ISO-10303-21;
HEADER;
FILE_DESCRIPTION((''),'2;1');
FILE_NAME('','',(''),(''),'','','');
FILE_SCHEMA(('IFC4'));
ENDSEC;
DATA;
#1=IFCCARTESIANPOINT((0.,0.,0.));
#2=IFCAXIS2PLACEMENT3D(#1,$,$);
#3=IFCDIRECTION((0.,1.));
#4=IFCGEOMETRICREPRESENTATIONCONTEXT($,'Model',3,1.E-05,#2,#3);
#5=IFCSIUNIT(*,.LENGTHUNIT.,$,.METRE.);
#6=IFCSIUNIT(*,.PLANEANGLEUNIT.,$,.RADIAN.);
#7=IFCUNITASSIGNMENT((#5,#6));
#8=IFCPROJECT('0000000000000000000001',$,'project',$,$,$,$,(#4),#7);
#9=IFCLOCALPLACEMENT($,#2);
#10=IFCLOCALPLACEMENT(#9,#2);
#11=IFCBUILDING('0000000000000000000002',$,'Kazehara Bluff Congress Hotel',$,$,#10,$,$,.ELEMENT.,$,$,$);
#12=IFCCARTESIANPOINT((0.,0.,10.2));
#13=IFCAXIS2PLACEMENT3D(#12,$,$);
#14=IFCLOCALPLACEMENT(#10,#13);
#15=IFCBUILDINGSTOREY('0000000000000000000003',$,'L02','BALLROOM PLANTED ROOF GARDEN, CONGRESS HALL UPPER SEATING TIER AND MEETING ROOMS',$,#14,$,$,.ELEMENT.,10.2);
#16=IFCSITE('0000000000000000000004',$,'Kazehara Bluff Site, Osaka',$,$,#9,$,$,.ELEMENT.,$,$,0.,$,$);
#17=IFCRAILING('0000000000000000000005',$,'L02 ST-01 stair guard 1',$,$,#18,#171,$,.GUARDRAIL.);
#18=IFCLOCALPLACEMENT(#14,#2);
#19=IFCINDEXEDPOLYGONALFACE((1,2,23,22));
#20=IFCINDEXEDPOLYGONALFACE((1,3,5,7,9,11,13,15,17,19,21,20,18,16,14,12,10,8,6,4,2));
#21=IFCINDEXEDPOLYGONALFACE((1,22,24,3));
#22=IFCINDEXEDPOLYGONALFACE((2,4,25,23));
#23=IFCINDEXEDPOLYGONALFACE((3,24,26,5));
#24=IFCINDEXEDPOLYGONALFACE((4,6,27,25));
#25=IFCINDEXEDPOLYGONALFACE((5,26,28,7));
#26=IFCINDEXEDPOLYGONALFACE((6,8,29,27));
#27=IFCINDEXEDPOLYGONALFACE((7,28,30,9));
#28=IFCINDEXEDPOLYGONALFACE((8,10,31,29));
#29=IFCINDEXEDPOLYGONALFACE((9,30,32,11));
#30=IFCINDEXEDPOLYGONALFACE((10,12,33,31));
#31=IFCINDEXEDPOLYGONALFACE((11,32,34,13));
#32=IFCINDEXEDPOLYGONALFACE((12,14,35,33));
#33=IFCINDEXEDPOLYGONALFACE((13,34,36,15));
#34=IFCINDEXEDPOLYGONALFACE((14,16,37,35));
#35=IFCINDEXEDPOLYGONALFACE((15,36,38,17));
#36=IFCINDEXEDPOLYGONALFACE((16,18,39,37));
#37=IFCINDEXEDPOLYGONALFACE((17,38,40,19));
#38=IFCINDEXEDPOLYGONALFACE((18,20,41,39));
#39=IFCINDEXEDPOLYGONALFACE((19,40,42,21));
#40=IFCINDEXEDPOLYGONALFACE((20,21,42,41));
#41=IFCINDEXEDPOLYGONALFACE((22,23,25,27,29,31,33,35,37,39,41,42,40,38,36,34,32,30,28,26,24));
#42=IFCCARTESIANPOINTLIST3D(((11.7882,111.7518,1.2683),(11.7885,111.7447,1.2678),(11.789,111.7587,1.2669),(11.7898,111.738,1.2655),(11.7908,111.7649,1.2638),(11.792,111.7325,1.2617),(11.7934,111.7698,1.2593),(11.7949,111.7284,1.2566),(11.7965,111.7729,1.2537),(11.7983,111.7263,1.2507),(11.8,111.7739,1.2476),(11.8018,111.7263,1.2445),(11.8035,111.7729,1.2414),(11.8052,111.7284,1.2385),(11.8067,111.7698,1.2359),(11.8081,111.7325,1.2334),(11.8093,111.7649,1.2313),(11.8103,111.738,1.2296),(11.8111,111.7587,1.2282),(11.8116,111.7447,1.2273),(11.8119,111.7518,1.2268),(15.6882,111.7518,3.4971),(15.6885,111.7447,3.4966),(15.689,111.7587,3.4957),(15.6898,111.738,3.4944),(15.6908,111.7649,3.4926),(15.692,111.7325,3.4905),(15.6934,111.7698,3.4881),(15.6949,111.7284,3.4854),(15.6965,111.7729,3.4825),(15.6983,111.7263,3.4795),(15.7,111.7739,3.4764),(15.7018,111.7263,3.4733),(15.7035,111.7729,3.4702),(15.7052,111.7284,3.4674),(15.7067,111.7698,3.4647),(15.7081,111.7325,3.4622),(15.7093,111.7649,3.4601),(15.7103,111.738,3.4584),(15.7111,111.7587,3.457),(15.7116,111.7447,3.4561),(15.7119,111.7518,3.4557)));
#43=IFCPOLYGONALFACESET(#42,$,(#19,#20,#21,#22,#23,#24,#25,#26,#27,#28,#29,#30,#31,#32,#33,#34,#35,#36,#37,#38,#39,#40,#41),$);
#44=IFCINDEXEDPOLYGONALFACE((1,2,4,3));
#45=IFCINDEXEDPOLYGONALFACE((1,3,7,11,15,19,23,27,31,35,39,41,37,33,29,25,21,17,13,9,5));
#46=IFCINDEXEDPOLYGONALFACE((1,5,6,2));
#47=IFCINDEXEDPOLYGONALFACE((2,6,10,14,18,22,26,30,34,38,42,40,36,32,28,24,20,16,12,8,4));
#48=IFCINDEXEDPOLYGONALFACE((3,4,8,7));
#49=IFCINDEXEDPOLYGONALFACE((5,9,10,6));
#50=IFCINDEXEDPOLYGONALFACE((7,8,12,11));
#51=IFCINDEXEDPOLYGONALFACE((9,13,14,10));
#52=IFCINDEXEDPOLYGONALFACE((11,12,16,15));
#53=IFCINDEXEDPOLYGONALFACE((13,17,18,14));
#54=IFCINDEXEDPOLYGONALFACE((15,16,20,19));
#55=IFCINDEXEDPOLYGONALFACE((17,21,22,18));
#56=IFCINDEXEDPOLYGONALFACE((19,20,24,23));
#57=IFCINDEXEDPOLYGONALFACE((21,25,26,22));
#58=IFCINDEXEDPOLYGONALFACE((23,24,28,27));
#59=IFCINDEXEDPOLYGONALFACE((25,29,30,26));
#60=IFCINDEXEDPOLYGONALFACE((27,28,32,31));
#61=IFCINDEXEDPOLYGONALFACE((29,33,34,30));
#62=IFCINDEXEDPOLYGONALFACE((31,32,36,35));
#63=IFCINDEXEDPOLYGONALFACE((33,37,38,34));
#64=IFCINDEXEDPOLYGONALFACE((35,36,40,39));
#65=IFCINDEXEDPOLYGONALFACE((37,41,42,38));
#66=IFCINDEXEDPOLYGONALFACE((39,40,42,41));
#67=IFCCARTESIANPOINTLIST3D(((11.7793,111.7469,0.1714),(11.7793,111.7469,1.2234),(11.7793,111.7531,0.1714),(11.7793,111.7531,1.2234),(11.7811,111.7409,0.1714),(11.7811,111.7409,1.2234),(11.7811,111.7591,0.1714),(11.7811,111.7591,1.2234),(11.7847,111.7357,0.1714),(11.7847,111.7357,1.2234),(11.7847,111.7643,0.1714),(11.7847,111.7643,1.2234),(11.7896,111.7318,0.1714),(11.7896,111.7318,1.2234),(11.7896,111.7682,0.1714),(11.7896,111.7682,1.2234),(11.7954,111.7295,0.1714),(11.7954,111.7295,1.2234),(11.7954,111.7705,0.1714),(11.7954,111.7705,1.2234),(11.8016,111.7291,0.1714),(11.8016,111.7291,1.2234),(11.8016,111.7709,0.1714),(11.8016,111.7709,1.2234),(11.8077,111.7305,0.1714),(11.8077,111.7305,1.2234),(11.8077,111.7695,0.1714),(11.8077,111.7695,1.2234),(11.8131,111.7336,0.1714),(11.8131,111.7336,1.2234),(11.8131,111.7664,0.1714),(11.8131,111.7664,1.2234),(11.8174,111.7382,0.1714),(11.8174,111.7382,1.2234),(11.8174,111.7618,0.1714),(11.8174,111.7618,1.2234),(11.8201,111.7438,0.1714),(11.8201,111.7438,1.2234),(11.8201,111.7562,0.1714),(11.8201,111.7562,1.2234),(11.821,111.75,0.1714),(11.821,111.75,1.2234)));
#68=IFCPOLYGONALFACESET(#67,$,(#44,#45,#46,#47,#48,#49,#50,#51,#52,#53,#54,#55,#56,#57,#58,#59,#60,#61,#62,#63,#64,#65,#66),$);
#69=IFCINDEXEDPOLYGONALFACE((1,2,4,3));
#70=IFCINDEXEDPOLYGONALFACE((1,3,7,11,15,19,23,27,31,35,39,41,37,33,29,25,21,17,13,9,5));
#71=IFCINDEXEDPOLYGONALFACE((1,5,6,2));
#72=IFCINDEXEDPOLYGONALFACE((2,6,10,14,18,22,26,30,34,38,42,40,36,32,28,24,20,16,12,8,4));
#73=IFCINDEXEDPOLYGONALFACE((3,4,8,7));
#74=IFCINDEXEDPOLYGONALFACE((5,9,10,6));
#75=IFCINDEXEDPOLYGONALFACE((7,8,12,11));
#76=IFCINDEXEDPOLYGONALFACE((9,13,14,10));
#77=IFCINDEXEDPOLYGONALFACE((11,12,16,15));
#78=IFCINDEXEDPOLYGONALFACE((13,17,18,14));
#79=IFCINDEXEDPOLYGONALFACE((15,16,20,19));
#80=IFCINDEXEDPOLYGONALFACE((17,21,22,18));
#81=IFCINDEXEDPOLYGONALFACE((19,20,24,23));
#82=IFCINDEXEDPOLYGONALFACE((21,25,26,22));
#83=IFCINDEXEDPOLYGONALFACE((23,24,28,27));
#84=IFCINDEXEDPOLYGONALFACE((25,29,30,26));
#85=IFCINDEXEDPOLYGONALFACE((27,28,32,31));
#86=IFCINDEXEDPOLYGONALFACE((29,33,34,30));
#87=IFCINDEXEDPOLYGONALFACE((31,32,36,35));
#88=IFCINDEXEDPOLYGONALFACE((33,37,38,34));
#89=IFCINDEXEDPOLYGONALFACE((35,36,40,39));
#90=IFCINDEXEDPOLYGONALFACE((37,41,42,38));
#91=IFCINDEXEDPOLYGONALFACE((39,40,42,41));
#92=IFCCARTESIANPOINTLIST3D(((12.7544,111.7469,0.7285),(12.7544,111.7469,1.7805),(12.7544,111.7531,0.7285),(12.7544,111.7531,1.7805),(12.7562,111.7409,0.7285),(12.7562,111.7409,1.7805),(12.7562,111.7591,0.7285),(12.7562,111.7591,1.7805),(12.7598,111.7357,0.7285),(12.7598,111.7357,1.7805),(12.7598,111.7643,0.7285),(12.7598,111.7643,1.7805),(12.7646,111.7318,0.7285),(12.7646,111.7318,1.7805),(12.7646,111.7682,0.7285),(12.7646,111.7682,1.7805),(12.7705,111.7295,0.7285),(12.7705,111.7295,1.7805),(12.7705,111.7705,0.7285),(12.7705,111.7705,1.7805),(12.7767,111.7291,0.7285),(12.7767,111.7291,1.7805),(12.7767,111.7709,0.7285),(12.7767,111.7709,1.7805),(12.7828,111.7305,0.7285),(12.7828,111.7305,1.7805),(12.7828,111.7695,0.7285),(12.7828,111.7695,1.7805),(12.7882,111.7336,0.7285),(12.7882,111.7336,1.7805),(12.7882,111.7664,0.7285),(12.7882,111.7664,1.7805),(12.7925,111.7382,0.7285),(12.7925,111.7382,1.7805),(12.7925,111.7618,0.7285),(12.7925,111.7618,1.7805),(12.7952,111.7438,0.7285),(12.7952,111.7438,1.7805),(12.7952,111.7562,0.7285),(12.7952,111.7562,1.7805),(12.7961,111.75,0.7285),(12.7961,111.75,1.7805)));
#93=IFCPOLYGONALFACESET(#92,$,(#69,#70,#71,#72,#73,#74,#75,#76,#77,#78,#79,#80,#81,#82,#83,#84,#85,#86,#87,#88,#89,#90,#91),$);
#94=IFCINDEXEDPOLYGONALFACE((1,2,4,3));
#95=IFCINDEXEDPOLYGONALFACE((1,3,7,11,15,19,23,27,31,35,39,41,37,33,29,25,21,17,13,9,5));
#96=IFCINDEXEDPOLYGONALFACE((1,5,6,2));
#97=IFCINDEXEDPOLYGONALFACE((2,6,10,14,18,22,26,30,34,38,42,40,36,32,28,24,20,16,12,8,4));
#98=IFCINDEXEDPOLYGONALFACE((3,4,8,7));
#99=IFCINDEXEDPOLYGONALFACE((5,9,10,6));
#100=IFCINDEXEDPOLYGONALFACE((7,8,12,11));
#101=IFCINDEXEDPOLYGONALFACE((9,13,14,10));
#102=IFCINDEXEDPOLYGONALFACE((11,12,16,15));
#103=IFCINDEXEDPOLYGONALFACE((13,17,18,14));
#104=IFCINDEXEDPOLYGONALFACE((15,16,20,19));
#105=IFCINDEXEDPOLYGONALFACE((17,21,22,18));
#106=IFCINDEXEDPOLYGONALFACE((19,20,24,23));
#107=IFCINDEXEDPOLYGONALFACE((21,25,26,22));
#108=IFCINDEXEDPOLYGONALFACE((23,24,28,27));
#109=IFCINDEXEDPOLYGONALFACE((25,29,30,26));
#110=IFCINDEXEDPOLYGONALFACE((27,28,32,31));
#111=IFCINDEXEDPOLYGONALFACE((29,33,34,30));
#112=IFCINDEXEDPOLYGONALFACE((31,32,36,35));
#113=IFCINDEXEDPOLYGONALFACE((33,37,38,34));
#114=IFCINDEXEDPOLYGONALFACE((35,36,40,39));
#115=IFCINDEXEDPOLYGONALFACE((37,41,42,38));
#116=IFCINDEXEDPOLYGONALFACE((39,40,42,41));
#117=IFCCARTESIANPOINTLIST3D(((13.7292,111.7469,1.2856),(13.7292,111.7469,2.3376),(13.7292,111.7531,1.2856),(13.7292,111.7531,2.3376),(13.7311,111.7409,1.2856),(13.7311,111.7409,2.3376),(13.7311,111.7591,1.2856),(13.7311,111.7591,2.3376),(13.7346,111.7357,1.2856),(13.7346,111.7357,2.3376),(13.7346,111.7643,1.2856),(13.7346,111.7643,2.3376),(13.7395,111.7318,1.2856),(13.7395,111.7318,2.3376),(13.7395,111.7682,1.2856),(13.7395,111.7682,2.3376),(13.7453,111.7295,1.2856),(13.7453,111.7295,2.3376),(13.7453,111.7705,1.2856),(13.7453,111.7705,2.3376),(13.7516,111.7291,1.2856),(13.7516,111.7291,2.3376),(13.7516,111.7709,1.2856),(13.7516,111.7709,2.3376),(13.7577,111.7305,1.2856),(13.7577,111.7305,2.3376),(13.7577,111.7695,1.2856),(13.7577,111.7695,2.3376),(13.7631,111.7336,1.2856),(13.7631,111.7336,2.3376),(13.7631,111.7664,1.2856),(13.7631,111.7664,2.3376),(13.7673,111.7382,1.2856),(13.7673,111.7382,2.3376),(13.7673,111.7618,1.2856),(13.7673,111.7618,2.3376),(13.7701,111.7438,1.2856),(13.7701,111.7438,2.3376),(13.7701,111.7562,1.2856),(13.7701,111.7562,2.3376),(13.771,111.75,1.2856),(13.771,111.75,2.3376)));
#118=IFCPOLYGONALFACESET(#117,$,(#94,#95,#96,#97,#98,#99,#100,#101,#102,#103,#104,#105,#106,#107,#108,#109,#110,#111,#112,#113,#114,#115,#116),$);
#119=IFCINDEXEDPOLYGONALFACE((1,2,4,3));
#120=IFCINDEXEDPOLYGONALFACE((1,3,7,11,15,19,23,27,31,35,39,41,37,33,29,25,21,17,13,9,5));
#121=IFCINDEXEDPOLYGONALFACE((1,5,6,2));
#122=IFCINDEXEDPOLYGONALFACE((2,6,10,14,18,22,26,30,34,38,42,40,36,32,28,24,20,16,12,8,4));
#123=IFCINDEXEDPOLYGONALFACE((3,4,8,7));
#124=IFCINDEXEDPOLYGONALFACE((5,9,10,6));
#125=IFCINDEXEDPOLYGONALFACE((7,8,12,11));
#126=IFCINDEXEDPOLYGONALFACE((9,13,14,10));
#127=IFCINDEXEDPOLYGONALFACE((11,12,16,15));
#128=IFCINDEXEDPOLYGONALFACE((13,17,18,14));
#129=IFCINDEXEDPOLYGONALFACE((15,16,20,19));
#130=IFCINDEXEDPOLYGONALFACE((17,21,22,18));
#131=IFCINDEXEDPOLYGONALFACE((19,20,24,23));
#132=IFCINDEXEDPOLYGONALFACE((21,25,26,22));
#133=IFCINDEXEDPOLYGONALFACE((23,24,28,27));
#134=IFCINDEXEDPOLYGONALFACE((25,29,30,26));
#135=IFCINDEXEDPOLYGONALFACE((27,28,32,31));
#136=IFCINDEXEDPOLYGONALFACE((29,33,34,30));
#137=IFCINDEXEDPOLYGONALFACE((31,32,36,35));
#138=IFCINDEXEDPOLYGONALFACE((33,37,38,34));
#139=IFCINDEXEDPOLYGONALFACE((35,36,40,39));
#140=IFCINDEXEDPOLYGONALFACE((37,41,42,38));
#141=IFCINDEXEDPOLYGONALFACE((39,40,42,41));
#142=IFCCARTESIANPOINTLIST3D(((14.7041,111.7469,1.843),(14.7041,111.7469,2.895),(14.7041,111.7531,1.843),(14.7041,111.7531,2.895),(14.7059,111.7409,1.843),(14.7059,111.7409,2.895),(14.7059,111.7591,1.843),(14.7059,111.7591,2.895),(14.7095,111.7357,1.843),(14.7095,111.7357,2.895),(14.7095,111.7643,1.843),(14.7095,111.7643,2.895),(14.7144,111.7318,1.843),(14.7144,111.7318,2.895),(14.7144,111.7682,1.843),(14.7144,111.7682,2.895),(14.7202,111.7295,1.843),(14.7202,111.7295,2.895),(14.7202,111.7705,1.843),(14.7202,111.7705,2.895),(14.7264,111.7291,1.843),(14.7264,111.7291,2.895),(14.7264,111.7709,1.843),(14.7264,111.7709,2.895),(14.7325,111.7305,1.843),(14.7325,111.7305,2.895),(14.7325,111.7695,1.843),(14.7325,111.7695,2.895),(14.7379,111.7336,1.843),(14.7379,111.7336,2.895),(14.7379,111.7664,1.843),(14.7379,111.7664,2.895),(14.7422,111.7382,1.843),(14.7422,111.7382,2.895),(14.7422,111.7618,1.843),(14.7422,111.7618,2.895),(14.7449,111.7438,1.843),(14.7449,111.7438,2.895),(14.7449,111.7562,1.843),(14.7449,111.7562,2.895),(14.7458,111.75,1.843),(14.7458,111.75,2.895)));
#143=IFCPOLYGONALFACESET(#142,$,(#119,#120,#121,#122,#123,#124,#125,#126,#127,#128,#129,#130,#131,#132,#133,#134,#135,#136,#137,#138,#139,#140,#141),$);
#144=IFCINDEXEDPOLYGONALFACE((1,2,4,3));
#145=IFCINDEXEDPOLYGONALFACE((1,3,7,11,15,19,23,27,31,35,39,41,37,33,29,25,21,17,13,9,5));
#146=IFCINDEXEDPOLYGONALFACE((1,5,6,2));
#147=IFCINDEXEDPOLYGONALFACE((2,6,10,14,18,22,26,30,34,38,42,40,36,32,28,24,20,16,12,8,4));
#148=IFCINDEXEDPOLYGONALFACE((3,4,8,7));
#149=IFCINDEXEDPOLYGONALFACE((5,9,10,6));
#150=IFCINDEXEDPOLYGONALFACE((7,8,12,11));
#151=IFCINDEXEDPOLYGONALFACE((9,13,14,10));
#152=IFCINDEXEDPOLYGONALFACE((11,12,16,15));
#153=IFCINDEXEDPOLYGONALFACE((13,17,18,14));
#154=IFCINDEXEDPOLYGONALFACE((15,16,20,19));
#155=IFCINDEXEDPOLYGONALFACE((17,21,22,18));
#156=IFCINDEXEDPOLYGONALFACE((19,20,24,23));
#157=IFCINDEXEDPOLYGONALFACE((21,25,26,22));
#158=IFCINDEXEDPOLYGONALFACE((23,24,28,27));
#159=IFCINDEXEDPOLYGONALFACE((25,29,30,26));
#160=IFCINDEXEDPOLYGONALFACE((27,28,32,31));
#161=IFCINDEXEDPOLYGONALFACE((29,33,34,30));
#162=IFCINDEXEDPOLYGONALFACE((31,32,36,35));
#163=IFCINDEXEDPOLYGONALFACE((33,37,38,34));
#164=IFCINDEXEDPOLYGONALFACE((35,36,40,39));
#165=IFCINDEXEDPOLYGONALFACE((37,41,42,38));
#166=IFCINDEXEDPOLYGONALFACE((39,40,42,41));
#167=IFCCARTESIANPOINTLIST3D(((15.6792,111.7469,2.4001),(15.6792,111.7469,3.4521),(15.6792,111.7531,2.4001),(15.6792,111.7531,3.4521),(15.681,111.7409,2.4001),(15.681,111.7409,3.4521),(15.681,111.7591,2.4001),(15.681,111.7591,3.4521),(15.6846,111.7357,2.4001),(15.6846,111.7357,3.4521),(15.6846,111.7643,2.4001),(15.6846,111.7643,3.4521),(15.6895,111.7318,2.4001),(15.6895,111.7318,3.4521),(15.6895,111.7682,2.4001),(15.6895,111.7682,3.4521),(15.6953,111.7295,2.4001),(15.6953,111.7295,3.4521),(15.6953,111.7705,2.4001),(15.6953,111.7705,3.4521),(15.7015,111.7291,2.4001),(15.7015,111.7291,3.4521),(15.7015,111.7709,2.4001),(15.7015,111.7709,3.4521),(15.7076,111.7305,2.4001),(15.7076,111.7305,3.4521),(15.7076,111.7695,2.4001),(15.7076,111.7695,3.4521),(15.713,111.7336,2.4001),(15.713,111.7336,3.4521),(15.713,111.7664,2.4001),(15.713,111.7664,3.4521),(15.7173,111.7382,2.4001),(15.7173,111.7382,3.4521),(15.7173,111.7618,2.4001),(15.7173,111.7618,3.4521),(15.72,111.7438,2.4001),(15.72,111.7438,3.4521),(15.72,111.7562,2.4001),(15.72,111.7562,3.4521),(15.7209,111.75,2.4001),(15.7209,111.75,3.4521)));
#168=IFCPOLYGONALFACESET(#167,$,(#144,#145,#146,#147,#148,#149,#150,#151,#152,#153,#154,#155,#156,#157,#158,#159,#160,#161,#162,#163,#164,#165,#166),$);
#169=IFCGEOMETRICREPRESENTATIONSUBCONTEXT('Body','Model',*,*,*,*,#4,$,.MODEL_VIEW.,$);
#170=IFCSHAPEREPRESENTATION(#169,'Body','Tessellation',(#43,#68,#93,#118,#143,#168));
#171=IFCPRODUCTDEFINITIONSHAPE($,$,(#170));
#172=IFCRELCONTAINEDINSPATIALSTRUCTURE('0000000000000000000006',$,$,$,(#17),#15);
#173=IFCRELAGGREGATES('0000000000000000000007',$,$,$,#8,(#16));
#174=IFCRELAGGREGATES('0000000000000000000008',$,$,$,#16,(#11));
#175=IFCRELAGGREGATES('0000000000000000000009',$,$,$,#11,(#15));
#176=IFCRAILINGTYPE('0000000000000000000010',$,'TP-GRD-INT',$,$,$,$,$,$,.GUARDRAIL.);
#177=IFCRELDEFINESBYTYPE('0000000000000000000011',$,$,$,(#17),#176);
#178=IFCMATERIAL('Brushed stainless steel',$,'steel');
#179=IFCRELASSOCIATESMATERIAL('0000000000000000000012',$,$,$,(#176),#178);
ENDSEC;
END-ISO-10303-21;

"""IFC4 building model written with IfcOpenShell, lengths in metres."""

from ifc_helpers import new_model, si_unit, direction, frame, origin, origin_2d, place, context, subcontext, project, spatial, circle, extrude, material, type_object, element, save


model = new_model("IFC4")

# Units and contexts
model_context = context("Model", 3, precision=1e-05, world=origin(), true_north=direction((0.0, 1.0)))
body_context = subcontext(model_context, "Body", "Model", "MODEL_VIEW")
ifc_project = project(units=[si_unit("LENGTHUNIT", "METRE"), si_unit("PLANEANGLEUNIT", "RADIAN")], contexts=[model_context])

# Site, building, storey
site_placement = place(None, origin())
site = spatial("IfcSite", under=ifc_project, at=site_placement, Name="Kazehara Bluff Site, Osaka", CompositionType="ELEMENT", RefElevation=0.0)
building_placement = place(site_placement, origin())
building = spatial("IfcBuilding", under=site, at=building_placement, Name="Kazehara Bluff Congress Hotel", CompositionType="ELEMENT")
storey_placement = place(building_placement, frame((0.0, 0.0, 10.2)))
storey = spatial("IfcBuildingStorey", under=building, at=storey_placement, Name="L02", Description="BALLROOM PLANTED ROOF GARDEN, CONGRESS HALL UPPER SEATING TIER AND MEETING ROOMS", CompositionType="ELEMENT", Elevation=10.2)

# Railing
ifc_material_1 = material(Name="Brushed stainless steel", Category="steel")
railing_type_1 = type_object("IfcRailingType", Name="TP-GRD-INT", PredefinedType="GUARDRAIL", material=ifc_material_1)
railing_1_placement = place(storey_placement, frame((11.8, 111.75, 0.1714)))
element("IfcRailing", 1, at=railing_1_placement, inside=storey, type_object=railing_type_1, Name="L02 ST-01 stair guard 1", PredefinedType="GUARDRAIL", context=body_context, shape_type="SweptSolid", body=[
    extrude(circle(Radius=0.0239, at=origin_2d()), frame((0.0, 0.0, 1.0762), z_axis=(0.86822, 0.0, 0.49618), x_axis=(0.0, 1.0, 0.0)), (0.0, 0.0, 1.0), 4.4919),
    extrude(circle(Radius=0.021, at=origin_2d()), origin(), (0.0, 0.0, 1.0), 1.052),
    extrude(circle(Radius=0.021, at=origin_2d()), frame((0.9751, 0.0, 0.5571)), (0.0, 0.0, 1.0), 1.052),
    extrude(circle(Radius=0.021, at=origin_2d()), frame((1.95, 0.0, 1.1143)), (0.0, 0.0, 1.0), 1.052),
    extrude(circle(Radius=0.021, at=origin_2d()), frame((2.9248, 0.0, 1.6716)), (0.0, 0.0, 1.0), 1.052),
    extrude(circle(Radius=0.021, at=origin_2d()), frame((3.8999, 0.0, 2.2288)), (0.0, 0.0, 1.0), 1.052),
])

save(model, "model.ifc")
